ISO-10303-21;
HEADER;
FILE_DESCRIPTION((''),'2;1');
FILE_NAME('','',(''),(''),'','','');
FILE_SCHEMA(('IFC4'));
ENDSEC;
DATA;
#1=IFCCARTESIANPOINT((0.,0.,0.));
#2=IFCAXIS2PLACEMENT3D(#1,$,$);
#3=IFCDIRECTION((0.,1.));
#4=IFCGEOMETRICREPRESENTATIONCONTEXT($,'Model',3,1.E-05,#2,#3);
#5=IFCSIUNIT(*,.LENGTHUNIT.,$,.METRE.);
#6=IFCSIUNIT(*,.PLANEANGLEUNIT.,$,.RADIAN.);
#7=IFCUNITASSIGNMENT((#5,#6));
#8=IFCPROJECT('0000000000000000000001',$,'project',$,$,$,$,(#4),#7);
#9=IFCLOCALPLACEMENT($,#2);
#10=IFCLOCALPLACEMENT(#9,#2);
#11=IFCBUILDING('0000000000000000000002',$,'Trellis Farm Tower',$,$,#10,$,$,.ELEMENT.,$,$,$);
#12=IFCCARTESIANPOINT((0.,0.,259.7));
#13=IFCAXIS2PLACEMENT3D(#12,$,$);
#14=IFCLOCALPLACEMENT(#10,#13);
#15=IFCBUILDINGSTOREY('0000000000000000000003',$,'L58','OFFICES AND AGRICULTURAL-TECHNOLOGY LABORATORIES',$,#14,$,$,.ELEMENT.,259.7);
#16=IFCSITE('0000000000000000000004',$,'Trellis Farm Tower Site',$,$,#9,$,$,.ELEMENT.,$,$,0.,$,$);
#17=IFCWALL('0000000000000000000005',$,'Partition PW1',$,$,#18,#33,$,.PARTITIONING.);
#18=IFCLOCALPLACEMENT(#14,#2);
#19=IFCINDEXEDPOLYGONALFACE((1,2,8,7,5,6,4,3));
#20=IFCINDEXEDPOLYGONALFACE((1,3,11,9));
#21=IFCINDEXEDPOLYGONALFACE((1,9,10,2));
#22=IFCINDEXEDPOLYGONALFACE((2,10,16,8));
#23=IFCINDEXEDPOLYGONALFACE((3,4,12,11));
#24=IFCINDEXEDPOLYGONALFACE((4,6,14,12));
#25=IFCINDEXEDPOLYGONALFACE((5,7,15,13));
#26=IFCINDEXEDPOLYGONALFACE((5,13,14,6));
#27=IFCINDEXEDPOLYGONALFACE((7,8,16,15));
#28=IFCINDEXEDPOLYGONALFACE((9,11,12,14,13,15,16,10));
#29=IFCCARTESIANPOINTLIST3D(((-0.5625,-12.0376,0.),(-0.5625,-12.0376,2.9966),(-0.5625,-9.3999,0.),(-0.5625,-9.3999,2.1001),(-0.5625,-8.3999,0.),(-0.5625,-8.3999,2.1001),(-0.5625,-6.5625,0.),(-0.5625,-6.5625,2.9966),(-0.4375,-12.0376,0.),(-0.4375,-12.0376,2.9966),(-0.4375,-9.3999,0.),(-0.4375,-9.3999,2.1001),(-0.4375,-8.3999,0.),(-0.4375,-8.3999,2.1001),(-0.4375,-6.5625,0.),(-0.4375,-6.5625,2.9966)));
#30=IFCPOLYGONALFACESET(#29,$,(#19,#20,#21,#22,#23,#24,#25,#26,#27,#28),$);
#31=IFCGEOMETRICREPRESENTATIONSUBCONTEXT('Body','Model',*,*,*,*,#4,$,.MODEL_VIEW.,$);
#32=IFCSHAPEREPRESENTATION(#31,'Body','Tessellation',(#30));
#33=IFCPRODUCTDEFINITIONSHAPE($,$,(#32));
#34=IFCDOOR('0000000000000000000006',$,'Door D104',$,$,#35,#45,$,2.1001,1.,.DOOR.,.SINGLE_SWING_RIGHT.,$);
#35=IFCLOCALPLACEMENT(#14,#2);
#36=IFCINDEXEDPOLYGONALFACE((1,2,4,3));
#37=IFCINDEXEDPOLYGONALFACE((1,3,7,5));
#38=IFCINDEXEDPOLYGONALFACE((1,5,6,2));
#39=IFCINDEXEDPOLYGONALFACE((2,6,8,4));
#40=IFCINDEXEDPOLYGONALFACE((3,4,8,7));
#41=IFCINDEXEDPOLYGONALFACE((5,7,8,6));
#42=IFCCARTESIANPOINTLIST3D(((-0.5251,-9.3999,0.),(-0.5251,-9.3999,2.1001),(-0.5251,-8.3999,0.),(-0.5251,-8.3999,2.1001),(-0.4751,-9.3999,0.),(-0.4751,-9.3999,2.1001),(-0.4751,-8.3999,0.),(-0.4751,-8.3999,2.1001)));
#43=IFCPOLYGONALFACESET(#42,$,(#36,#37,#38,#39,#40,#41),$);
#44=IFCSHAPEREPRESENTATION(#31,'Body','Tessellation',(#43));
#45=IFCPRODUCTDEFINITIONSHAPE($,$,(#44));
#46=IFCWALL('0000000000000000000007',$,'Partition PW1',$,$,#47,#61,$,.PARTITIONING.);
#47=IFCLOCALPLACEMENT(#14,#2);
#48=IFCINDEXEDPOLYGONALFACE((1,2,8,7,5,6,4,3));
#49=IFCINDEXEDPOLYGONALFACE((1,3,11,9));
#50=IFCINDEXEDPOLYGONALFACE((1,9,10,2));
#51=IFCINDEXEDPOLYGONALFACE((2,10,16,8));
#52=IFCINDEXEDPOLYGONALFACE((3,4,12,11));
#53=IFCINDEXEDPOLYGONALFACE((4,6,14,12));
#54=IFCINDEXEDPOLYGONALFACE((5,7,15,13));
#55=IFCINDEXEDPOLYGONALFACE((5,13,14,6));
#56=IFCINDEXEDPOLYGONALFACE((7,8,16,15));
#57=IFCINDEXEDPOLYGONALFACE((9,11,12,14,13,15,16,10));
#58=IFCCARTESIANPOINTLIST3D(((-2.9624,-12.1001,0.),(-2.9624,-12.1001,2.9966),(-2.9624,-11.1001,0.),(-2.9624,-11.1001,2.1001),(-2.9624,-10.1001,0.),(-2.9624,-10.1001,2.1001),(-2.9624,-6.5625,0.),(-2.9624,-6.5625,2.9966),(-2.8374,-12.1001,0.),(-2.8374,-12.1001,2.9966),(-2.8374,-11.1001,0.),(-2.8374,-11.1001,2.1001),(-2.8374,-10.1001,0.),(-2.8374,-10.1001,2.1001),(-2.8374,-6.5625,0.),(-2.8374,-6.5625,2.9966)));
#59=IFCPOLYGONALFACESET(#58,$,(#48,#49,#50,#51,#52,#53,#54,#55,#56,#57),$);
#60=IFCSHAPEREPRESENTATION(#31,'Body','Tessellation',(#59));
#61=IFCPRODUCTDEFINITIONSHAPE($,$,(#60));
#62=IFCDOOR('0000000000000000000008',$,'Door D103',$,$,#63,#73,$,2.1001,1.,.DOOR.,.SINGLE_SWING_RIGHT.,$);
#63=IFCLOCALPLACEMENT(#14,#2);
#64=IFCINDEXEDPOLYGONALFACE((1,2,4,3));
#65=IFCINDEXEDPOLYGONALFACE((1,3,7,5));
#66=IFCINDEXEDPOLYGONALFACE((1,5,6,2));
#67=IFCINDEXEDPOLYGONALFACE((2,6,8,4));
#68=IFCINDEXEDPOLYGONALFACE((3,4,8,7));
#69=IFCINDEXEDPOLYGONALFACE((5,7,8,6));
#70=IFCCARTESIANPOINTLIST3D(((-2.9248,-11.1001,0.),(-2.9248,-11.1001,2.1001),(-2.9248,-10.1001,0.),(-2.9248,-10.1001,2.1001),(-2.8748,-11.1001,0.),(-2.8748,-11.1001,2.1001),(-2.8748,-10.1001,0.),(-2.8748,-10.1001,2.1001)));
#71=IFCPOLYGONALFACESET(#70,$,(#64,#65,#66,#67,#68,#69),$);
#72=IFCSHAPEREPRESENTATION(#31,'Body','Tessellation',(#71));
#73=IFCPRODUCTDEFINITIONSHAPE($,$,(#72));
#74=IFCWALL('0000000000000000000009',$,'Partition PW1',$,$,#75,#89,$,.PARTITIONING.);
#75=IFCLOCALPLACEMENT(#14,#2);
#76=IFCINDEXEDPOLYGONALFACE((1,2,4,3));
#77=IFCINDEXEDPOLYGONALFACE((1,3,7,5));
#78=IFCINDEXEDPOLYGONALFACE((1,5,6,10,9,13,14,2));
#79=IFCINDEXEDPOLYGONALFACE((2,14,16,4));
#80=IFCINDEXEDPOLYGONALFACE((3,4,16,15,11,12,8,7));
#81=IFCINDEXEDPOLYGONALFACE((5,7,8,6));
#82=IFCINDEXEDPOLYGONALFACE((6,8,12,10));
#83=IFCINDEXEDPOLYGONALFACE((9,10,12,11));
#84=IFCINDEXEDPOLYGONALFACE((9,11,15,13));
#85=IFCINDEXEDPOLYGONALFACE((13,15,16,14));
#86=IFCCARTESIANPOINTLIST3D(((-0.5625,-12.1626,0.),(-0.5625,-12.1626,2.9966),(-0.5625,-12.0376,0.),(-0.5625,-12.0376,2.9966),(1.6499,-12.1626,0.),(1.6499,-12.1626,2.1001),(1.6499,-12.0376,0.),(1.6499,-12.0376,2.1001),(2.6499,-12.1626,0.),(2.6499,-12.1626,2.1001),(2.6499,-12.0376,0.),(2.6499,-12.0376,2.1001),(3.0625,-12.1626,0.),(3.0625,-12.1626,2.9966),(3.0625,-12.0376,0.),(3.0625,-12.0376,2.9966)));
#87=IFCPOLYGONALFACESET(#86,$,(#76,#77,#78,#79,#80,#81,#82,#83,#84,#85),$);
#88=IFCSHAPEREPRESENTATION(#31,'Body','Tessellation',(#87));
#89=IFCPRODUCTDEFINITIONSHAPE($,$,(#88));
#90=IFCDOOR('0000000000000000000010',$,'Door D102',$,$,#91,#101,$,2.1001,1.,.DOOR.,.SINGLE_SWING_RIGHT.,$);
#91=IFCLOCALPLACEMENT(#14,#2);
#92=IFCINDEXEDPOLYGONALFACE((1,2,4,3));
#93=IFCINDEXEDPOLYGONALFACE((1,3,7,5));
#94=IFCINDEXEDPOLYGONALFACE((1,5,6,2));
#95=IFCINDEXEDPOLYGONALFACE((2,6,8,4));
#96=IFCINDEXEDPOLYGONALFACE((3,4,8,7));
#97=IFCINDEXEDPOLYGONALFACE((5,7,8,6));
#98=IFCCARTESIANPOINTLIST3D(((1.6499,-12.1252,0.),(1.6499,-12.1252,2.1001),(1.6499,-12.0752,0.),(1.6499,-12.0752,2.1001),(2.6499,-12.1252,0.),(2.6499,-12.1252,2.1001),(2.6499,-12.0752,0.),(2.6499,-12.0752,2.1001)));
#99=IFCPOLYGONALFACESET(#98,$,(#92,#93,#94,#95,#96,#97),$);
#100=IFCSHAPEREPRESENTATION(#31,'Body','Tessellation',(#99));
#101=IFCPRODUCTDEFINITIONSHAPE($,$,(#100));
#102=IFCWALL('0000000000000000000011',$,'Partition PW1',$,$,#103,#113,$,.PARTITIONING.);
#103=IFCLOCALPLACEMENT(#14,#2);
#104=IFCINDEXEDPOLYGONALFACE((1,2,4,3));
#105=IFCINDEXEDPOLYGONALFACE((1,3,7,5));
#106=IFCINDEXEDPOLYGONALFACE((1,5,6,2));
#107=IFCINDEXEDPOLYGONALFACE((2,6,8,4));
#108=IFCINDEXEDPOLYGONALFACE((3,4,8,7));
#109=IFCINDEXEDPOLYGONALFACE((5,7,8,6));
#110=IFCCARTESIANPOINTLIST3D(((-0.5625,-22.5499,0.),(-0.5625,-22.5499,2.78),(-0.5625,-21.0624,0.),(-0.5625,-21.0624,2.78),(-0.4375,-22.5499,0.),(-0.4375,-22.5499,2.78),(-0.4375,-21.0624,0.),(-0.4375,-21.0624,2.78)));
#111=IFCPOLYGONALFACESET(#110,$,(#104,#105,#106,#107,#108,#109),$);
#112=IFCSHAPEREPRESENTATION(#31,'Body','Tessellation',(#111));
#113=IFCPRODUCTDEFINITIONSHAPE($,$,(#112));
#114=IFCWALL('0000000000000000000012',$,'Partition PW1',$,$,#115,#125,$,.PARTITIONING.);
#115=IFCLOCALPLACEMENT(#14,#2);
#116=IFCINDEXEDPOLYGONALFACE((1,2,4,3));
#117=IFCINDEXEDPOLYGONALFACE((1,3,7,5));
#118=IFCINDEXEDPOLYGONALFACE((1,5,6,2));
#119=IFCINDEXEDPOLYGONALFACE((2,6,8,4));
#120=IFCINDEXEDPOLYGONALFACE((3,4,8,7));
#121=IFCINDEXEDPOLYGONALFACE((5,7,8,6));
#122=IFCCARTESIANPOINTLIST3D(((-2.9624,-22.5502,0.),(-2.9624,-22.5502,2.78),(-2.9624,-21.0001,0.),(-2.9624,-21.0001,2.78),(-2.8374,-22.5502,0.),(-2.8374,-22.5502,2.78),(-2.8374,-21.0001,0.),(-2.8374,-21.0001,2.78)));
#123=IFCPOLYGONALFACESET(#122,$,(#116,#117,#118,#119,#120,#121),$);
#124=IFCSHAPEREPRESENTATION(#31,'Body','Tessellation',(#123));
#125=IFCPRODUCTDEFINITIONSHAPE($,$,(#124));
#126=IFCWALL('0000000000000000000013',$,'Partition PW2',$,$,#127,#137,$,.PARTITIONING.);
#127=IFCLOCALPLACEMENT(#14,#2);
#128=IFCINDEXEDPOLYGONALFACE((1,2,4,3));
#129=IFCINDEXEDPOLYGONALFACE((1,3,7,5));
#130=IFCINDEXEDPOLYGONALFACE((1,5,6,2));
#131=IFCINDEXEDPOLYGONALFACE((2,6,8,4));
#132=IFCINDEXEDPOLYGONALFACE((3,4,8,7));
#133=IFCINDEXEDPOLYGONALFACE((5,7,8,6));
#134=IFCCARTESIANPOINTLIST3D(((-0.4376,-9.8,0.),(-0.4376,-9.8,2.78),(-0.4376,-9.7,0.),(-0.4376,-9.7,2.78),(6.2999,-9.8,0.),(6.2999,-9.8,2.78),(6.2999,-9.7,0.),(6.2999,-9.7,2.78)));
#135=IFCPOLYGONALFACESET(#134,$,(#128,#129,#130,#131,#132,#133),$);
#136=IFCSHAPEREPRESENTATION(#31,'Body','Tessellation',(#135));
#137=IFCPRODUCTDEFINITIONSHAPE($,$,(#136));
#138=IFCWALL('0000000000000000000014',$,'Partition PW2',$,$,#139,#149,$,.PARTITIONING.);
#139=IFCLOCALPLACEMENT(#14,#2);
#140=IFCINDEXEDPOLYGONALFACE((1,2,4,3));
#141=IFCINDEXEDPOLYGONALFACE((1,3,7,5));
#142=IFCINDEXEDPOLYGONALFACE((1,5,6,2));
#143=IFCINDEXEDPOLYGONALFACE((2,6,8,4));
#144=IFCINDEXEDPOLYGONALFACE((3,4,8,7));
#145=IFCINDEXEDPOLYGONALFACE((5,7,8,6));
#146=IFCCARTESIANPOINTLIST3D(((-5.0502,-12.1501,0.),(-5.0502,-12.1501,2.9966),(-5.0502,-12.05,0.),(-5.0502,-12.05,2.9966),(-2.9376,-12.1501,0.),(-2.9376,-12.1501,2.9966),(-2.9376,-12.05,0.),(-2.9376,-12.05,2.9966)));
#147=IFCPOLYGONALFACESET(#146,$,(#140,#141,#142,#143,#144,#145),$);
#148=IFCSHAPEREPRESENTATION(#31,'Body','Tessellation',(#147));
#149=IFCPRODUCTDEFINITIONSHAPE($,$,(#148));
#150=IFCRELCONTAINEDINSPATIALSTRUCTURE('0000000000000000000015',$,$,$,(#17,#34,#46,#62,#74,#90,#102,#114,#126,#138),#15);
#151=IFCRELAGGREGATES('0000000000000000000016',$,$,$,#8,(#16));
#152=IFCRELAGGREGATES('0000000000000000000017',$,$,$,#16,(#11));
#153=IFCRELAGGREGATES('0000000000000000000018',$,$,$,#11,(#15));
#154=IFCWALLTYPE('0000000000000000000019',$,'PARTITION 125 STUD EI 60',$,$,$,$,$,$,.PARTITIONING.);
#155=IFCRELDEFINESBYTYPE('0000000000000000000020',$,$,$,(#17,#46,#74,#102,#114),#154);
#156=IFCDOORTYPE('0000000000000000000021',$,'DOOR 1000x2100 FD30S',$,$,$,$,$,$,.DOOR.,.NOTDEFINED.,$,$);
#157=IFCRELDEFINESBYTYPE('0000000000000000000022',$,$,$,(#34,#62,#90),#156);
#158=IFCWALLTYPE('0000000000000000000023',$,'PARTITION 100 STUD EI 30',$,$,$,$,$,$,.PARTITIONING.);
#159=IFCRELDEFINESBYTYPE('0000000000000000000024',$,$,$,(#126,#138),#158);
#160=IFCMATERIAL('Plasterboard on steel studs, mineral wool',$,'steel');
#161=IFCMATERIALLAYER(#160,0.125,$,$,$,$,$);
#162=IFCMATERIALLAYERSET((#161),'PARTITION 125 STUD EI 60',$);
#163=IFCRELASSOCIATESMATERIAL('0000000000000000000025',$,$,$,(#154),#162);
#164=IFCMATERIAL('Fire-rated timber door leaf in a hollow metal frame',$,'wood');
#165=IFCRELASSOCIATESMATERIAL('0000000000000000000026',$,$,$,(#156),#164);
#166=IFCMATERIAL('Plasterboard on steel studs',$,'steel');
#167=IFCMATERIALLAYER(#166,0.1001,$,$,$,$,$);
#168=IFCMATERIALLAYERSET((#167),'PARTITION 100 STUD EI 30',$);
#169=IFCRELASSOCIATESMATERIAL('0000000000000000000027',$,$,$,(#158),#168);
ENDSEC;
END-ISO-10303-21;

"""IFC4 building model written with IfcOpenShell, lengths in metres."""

from ifc_helpers import new_model, si_unit, direction, frame, frame_2d, origin, place, context, subcontext, project, spatial, rectangle, extrude, source, transform, mapped, material, layer, layer_set, type_object, element, fill, save


model = new_model("IFC4")

# Units and contexts
model_context = context("Model", 3, precision=1e-05, world=origin(), true_north=direction((0.0, 1.0)))
body_context = subcontext(model_context, "Body", "Model", "MODEL_VIEW")
ifc_project = project(units=[si_unit("LENGTHUNIT", "METRE"), si_unit("PLANEANGLEUNIT", "RADIAN")], contexts=[model_context])

# Site, building, storey
site_placement = place(None, origin())
site = spatial("IfcSite", under=ifc_project, at=site_placement, Name="Trellis Farm Tower Site", CompositionType="ELEMENT", RefElevation=0.0)
building_placement = place(site_placement, origin())
building = spatial("IfcBuilding", under=site, at=building_placement, Name="Trellis Farm Tower", CompositionType="ELEMENT")
storey_placement = place(building_placement, frame((0.0, 0.0, 259.7)))
storey = spatial("IfcBuildingStorey", under=building, at=storey_placement, Name="L58", Description="OFFICES AND AGRICULTURAL-TECHNOLOGY LABORATORIES", CompositionType="ELEMENT", Elevation=259.7)

# Walls, openings, doors
ifc_material_1 = material(Name="Plasterboard on steel studs, mineral wool", Category="steel")
ifc_layer_1 = layer(ifc_material_1, 0.125)
ifc_layer_set_1 = layer_set([ifc_layer_1], Name="PARTITION 125 STUD EI 60")
wall_type_1 = type_object("IfcWallType", Name="PARTITION 125 STUD EI 60", PredefinedType="PARTITIONING", material=ifc_layer_set_1)
shared_shape_1 = source(origin(), body_context, "Body", "SweptSolid", [
    extrude(rectangle(XDim=5.4751, YDim=0.125, at=frame_2d((2.7375, 0.0))), origin(), (0.0, 0.0, 1.0), 2.9966),
])
wall_1_placement = place(storey_placement, frame((-0.5, -6.5625, 0.0), z_axis=(0.0, 0.0, 1.0), x_axis=(0.0, -1.0, 0.0)))
wall_1 = element("IfcWall", 1, at=wall_1_placement, inside=storey, type_object=wall_type_1, Name="Partition PW1", PredefinedType="PARTITIONING", context=body_context, shape_type="MappedRepresentation", body=[
    mapped(shared_shape_1, transform((0.0, 0.0, 0.0))),
])
shared_shape_2 = source(origin(), body_context, "Body", "SweptSolid", [
    extrude(rectangle(XDim=1.0, YDim=2.1001, at=frame_2d((0.5, 1.05))), frame((0.0, 0.0725, 0.0), z_axis=(0.0, -1.0, 0.0), x_axis=(1.0, 0.0, 0.0)), (0.0, 0.0, 1.0), 0.145),
])
opening_1_placement = place(wall_1_placement, frame((1.8374, 0.0, 0.0)))
opening_1 = element("IfcOpeningElement", 2, at=opening_1_placement, cuts=wall_1, PredefinedType="OPENING", context=body_context, shape_type="MappedRepresentation", body=[
    mapped(shared_shape_2, transform((0.0, 0.0, 0.0))),
])
ifc_material_2 = material(Name="Fire-rated timber door leaf in a hollow metal frame", Category="wood")
door_type = type_object("IfcDoorType", Name="DOOR 1000x2100 FD30S", OperationType="NOTDEFINED", PredefinedType="DOOR", material=ifc_material_2)
shared_shape_3 = source(origin(), body_context, "Body", "SweptSolid", [
    extrude(rectangle(XDim=1.0, YDim=2.1001, at=frame_2d((0.5, 1.05))), frame((0.0, 0.0249, 0.0), z_axis=(0.0, -1.0, 0.0), x_axis=(1.0, 0.0, 0.0)), (0.0, 0.0, 1.0), 0.05),
])
door_1_placement = place(opening_1_placement, origin())
door_1 = element("IfcDoor", 3, at=door_1_placement, inside=storey, type_object=door_type, Name="Door D104", OperationType="SINGLE_SWING_RIGHT", OverallHeight=2.1001, OverallWidth=1.0, PredefinedType="DOOR", context=body_context, shape_type="MappedRepresentation", body=[
    mapped(shared_shape_3, transform((0.0, 0.0, 0.0))),
])
fill(opening_1, door_1)
shared_shape_4 = source(origin(), body_context, "Body", "SweptSolid", [
    extrude(rectangle(XDim=5.5376, YDim=0.125, at=frame_2d((2.7688, 0.0))), origin(), (0.0, 0.0, 1.0), 2.9966),
])
wall_2_placement = place(storey_placement, frame((-2.8999, -12.1001, 0.0), z_axis=(0.0, 0.0, 1.0), x_axis=(0.0, 1.0, 0.0)))
wall_2 = element("IfcWall", 4, at=wall_2_placement, inside=storey, type_object=wall_type_1, Name="Partition PW1", PredefinedType="PARTITIONING", context=body_context, shape_type="MappedRepresentation", body=[
    mapped(shared_shape_4, transform((0.0, 0.0, 0.0))),
])
opening_2_placement = place(wall_2_placement, frame((1.0, 0.0, 0.0)))
opening_2 = element("IfcOpeningElement", 5, at=opening_2_placement, cuts=wall_2, PredefinedType="OPENING", context=body_context, shape_type="MappedRepresentation", body=[
    mapped(shared_shape_2, transform((0.0, 0.0, 0.0))),
])
door_2_placement = place(opening_2_placement, origin())
door_2 = element("IfcDoor", 6, at=door_2_placement, inside=storey, type_object=door_type, Name="Door D103", OperationType="SINGLE_SWING_RIGHT", OverallHeight=2.1001, OverallWidth=1.0, PredefinedType="DOOR", context=body_context, shape_type="MappedRepresentation", body=[
    mapped(shared_shape_3, transform((0.0, 0.0, 0.0))),
])
fill(opening_2, door_2)
shared_shape_5 = source(origin(), body_context, "Body", "SweptSolid", [
    extrude(rectangle(XDim=3.625, YDim=0.125, at=frame_2d((1.8125, 0.0))), origin(), (0.0, 0.0, 1.0), 2.9966),
])
wall_3_placement = place(storey_placement, frame((-0.5625, -12.1001, 0.0), z_axis=(0.0, 0.0, 1.0), x_axis=(1.0, 0.0, 0.0)))
wall_3 = element("IfcWall", 7, at=wall_3_placement, inside=storey, type_object=wall_type_1, Name="Partition PW1", PredefinedType="PARTITIONING", context=body_context, shape_type="MappedRepresentation", body=[
    mapped(shared_shape_5, transform((0.0, 0.0, 0.0))),
])
opening_3_placement = place(wall_3_placement, frame((2.2124, 0.0, 0.0)))
opening_3 = element("IfcOpeningElement", 8, at=opening_3_placement, cuts=wall_3, PredefinedType="OPENING", context=body_context, shape_type="MappedRepresentation", body=[
    mapped(shared_shape_2, transform((0.0, 0.0, 0.0))),
])
door_3_placement = place(opening_3_placement, origin())
door_3 = element("IfcDoor", 9, at=door_3_placement, inside=storey, type_object=door_type, Name="Door D102", OperationType="SINGLE_SWING_RIGHT", OverallHeight=2.1001, OverallWidth=1.0, PredefinedType="DOOR", context=body_context, shape_type="MappedRepresentation", body=[
    mapped(shared_shape_3, transform((0.0, 0.0, 0.0))),
])
fill(opening_3, door_3)

# Walls
shared_shape_6 = source(origin(), body_context, "Body", "SweptSolid", [
    extrude(rectangle(XDim=1.4875, YDim=0.125, at=frame_2d((0.7437, 0.0))), origin(), (0.0, 0.0, 1.0), 2.78),
])
wall_4_placement = place(storey_placement, frame((-0.5, -21.0625, 0.0), z_axis=(0.0, 0.0, 1.0), x_axis=(0.0, -1.0, 0.0)))
element("IfcWall", 10, at=wall_4_placement, inside=storey, type_object=wall_type_1, Name="Partition PW1", PredefinedType="PARTITIONING", context=body_context, shape_type="MappedRepresentation", body=[
    mapped(shared_shape_6, transform((0.0, 0.0, 0.0))),
])
shared_shape_7 = source(origin(), body_context, "Body", "SweptSolid", [
    extrude(rectangle(XDim=1.55, YDim=0.125, at=frame_2d((0.7749, 0.0))), origin(), (0.0, 0.0, 1.0), 2.78),
])
wall_5_placement = place(storey_placement, frame((-2.8999, -22.55, 0.0), z_axis=(0.0, 0.0, 1.0), x_axis=(0.0, 1.0, 0.0)))
element("IfcWall", 11, at=wall_5_placement, inside=storey, type_object=wall_type_1, Name="Partition PW1", PredefinedType="PARTITIONING", context=body_context, shape_type="MappedRepresentation", body=[
    mapped(shared_shape_7, transform((0.0, 0.0, 0.0))),
])
ifc_material_3 = material(Name="Plasterboard on steel studs", Category="steel")
ifc_layer_2 = layer(ifc_material_3, 0.1001)
ifc_layer_set_2 = layer_set([ifc_layer_2], Name="PARTITION 100 STUD EI 30")
wall_type_2 = type_object("IfcWallType", Name="PARTITION 100 STUD EI 30", PredefinedType="PARTITIONING", material=ifc_layer_set_2)
shared_shape_8 = source(origin(), body_context, "Body", "SweptSolid", [
    extrude(rectangle(XDim=6.7375, YDim=0.1001, at=frame_2d((3.3687, 0.0))), origin(), (0.0, 0.0, 1.0), 2.78),
])
wall_6_placement = place(storey_placement, frame((-0.4375, -9.75, 0.0), z_axis=(0.0, 0.0, 1.0), x_axis=(1.0, 0.0, 0.0)))
element("IfcWall", 12, at=wall_6_placement, inside=storey, type_object=wall_type_2, Name="Partition PW2", PredefinedType="PARTITIONING", context=body_context, shape_type="MappedRepresentation", body=[
    mapped(shared_shape_8, transform((0.0, 0.0, 0.0))),
])
shared_shape_9 = source(origin(), body_context, "Body", "SweptSolid", [
    extrude(rectangle(XDim=2.1125, YDim=0.1001, at=frame_2d((1.0562, 0.0))), origin(), (0.0, 0.0, 1.0), 2.9966),
])
wall_7_placement = place(storey_placement, frame((-5.05, -12.1001, 0.0), z_axis=(0.0, 0.0, 1.0), x_axis=(1.0, 0.0, 0.0)))
element("IfcWall", 13, at=wall_7_placement, inside=storey, type_object=wall_type_2, Name="Partition PW2", PredefinedType="PARTITIONING", context=body_context, shape_type="MappedRepresentation", body=[
    mapped(shared_shape_9, transform((0.0, 0.0, 0.0))),
])

save(model, "model.ifc")
